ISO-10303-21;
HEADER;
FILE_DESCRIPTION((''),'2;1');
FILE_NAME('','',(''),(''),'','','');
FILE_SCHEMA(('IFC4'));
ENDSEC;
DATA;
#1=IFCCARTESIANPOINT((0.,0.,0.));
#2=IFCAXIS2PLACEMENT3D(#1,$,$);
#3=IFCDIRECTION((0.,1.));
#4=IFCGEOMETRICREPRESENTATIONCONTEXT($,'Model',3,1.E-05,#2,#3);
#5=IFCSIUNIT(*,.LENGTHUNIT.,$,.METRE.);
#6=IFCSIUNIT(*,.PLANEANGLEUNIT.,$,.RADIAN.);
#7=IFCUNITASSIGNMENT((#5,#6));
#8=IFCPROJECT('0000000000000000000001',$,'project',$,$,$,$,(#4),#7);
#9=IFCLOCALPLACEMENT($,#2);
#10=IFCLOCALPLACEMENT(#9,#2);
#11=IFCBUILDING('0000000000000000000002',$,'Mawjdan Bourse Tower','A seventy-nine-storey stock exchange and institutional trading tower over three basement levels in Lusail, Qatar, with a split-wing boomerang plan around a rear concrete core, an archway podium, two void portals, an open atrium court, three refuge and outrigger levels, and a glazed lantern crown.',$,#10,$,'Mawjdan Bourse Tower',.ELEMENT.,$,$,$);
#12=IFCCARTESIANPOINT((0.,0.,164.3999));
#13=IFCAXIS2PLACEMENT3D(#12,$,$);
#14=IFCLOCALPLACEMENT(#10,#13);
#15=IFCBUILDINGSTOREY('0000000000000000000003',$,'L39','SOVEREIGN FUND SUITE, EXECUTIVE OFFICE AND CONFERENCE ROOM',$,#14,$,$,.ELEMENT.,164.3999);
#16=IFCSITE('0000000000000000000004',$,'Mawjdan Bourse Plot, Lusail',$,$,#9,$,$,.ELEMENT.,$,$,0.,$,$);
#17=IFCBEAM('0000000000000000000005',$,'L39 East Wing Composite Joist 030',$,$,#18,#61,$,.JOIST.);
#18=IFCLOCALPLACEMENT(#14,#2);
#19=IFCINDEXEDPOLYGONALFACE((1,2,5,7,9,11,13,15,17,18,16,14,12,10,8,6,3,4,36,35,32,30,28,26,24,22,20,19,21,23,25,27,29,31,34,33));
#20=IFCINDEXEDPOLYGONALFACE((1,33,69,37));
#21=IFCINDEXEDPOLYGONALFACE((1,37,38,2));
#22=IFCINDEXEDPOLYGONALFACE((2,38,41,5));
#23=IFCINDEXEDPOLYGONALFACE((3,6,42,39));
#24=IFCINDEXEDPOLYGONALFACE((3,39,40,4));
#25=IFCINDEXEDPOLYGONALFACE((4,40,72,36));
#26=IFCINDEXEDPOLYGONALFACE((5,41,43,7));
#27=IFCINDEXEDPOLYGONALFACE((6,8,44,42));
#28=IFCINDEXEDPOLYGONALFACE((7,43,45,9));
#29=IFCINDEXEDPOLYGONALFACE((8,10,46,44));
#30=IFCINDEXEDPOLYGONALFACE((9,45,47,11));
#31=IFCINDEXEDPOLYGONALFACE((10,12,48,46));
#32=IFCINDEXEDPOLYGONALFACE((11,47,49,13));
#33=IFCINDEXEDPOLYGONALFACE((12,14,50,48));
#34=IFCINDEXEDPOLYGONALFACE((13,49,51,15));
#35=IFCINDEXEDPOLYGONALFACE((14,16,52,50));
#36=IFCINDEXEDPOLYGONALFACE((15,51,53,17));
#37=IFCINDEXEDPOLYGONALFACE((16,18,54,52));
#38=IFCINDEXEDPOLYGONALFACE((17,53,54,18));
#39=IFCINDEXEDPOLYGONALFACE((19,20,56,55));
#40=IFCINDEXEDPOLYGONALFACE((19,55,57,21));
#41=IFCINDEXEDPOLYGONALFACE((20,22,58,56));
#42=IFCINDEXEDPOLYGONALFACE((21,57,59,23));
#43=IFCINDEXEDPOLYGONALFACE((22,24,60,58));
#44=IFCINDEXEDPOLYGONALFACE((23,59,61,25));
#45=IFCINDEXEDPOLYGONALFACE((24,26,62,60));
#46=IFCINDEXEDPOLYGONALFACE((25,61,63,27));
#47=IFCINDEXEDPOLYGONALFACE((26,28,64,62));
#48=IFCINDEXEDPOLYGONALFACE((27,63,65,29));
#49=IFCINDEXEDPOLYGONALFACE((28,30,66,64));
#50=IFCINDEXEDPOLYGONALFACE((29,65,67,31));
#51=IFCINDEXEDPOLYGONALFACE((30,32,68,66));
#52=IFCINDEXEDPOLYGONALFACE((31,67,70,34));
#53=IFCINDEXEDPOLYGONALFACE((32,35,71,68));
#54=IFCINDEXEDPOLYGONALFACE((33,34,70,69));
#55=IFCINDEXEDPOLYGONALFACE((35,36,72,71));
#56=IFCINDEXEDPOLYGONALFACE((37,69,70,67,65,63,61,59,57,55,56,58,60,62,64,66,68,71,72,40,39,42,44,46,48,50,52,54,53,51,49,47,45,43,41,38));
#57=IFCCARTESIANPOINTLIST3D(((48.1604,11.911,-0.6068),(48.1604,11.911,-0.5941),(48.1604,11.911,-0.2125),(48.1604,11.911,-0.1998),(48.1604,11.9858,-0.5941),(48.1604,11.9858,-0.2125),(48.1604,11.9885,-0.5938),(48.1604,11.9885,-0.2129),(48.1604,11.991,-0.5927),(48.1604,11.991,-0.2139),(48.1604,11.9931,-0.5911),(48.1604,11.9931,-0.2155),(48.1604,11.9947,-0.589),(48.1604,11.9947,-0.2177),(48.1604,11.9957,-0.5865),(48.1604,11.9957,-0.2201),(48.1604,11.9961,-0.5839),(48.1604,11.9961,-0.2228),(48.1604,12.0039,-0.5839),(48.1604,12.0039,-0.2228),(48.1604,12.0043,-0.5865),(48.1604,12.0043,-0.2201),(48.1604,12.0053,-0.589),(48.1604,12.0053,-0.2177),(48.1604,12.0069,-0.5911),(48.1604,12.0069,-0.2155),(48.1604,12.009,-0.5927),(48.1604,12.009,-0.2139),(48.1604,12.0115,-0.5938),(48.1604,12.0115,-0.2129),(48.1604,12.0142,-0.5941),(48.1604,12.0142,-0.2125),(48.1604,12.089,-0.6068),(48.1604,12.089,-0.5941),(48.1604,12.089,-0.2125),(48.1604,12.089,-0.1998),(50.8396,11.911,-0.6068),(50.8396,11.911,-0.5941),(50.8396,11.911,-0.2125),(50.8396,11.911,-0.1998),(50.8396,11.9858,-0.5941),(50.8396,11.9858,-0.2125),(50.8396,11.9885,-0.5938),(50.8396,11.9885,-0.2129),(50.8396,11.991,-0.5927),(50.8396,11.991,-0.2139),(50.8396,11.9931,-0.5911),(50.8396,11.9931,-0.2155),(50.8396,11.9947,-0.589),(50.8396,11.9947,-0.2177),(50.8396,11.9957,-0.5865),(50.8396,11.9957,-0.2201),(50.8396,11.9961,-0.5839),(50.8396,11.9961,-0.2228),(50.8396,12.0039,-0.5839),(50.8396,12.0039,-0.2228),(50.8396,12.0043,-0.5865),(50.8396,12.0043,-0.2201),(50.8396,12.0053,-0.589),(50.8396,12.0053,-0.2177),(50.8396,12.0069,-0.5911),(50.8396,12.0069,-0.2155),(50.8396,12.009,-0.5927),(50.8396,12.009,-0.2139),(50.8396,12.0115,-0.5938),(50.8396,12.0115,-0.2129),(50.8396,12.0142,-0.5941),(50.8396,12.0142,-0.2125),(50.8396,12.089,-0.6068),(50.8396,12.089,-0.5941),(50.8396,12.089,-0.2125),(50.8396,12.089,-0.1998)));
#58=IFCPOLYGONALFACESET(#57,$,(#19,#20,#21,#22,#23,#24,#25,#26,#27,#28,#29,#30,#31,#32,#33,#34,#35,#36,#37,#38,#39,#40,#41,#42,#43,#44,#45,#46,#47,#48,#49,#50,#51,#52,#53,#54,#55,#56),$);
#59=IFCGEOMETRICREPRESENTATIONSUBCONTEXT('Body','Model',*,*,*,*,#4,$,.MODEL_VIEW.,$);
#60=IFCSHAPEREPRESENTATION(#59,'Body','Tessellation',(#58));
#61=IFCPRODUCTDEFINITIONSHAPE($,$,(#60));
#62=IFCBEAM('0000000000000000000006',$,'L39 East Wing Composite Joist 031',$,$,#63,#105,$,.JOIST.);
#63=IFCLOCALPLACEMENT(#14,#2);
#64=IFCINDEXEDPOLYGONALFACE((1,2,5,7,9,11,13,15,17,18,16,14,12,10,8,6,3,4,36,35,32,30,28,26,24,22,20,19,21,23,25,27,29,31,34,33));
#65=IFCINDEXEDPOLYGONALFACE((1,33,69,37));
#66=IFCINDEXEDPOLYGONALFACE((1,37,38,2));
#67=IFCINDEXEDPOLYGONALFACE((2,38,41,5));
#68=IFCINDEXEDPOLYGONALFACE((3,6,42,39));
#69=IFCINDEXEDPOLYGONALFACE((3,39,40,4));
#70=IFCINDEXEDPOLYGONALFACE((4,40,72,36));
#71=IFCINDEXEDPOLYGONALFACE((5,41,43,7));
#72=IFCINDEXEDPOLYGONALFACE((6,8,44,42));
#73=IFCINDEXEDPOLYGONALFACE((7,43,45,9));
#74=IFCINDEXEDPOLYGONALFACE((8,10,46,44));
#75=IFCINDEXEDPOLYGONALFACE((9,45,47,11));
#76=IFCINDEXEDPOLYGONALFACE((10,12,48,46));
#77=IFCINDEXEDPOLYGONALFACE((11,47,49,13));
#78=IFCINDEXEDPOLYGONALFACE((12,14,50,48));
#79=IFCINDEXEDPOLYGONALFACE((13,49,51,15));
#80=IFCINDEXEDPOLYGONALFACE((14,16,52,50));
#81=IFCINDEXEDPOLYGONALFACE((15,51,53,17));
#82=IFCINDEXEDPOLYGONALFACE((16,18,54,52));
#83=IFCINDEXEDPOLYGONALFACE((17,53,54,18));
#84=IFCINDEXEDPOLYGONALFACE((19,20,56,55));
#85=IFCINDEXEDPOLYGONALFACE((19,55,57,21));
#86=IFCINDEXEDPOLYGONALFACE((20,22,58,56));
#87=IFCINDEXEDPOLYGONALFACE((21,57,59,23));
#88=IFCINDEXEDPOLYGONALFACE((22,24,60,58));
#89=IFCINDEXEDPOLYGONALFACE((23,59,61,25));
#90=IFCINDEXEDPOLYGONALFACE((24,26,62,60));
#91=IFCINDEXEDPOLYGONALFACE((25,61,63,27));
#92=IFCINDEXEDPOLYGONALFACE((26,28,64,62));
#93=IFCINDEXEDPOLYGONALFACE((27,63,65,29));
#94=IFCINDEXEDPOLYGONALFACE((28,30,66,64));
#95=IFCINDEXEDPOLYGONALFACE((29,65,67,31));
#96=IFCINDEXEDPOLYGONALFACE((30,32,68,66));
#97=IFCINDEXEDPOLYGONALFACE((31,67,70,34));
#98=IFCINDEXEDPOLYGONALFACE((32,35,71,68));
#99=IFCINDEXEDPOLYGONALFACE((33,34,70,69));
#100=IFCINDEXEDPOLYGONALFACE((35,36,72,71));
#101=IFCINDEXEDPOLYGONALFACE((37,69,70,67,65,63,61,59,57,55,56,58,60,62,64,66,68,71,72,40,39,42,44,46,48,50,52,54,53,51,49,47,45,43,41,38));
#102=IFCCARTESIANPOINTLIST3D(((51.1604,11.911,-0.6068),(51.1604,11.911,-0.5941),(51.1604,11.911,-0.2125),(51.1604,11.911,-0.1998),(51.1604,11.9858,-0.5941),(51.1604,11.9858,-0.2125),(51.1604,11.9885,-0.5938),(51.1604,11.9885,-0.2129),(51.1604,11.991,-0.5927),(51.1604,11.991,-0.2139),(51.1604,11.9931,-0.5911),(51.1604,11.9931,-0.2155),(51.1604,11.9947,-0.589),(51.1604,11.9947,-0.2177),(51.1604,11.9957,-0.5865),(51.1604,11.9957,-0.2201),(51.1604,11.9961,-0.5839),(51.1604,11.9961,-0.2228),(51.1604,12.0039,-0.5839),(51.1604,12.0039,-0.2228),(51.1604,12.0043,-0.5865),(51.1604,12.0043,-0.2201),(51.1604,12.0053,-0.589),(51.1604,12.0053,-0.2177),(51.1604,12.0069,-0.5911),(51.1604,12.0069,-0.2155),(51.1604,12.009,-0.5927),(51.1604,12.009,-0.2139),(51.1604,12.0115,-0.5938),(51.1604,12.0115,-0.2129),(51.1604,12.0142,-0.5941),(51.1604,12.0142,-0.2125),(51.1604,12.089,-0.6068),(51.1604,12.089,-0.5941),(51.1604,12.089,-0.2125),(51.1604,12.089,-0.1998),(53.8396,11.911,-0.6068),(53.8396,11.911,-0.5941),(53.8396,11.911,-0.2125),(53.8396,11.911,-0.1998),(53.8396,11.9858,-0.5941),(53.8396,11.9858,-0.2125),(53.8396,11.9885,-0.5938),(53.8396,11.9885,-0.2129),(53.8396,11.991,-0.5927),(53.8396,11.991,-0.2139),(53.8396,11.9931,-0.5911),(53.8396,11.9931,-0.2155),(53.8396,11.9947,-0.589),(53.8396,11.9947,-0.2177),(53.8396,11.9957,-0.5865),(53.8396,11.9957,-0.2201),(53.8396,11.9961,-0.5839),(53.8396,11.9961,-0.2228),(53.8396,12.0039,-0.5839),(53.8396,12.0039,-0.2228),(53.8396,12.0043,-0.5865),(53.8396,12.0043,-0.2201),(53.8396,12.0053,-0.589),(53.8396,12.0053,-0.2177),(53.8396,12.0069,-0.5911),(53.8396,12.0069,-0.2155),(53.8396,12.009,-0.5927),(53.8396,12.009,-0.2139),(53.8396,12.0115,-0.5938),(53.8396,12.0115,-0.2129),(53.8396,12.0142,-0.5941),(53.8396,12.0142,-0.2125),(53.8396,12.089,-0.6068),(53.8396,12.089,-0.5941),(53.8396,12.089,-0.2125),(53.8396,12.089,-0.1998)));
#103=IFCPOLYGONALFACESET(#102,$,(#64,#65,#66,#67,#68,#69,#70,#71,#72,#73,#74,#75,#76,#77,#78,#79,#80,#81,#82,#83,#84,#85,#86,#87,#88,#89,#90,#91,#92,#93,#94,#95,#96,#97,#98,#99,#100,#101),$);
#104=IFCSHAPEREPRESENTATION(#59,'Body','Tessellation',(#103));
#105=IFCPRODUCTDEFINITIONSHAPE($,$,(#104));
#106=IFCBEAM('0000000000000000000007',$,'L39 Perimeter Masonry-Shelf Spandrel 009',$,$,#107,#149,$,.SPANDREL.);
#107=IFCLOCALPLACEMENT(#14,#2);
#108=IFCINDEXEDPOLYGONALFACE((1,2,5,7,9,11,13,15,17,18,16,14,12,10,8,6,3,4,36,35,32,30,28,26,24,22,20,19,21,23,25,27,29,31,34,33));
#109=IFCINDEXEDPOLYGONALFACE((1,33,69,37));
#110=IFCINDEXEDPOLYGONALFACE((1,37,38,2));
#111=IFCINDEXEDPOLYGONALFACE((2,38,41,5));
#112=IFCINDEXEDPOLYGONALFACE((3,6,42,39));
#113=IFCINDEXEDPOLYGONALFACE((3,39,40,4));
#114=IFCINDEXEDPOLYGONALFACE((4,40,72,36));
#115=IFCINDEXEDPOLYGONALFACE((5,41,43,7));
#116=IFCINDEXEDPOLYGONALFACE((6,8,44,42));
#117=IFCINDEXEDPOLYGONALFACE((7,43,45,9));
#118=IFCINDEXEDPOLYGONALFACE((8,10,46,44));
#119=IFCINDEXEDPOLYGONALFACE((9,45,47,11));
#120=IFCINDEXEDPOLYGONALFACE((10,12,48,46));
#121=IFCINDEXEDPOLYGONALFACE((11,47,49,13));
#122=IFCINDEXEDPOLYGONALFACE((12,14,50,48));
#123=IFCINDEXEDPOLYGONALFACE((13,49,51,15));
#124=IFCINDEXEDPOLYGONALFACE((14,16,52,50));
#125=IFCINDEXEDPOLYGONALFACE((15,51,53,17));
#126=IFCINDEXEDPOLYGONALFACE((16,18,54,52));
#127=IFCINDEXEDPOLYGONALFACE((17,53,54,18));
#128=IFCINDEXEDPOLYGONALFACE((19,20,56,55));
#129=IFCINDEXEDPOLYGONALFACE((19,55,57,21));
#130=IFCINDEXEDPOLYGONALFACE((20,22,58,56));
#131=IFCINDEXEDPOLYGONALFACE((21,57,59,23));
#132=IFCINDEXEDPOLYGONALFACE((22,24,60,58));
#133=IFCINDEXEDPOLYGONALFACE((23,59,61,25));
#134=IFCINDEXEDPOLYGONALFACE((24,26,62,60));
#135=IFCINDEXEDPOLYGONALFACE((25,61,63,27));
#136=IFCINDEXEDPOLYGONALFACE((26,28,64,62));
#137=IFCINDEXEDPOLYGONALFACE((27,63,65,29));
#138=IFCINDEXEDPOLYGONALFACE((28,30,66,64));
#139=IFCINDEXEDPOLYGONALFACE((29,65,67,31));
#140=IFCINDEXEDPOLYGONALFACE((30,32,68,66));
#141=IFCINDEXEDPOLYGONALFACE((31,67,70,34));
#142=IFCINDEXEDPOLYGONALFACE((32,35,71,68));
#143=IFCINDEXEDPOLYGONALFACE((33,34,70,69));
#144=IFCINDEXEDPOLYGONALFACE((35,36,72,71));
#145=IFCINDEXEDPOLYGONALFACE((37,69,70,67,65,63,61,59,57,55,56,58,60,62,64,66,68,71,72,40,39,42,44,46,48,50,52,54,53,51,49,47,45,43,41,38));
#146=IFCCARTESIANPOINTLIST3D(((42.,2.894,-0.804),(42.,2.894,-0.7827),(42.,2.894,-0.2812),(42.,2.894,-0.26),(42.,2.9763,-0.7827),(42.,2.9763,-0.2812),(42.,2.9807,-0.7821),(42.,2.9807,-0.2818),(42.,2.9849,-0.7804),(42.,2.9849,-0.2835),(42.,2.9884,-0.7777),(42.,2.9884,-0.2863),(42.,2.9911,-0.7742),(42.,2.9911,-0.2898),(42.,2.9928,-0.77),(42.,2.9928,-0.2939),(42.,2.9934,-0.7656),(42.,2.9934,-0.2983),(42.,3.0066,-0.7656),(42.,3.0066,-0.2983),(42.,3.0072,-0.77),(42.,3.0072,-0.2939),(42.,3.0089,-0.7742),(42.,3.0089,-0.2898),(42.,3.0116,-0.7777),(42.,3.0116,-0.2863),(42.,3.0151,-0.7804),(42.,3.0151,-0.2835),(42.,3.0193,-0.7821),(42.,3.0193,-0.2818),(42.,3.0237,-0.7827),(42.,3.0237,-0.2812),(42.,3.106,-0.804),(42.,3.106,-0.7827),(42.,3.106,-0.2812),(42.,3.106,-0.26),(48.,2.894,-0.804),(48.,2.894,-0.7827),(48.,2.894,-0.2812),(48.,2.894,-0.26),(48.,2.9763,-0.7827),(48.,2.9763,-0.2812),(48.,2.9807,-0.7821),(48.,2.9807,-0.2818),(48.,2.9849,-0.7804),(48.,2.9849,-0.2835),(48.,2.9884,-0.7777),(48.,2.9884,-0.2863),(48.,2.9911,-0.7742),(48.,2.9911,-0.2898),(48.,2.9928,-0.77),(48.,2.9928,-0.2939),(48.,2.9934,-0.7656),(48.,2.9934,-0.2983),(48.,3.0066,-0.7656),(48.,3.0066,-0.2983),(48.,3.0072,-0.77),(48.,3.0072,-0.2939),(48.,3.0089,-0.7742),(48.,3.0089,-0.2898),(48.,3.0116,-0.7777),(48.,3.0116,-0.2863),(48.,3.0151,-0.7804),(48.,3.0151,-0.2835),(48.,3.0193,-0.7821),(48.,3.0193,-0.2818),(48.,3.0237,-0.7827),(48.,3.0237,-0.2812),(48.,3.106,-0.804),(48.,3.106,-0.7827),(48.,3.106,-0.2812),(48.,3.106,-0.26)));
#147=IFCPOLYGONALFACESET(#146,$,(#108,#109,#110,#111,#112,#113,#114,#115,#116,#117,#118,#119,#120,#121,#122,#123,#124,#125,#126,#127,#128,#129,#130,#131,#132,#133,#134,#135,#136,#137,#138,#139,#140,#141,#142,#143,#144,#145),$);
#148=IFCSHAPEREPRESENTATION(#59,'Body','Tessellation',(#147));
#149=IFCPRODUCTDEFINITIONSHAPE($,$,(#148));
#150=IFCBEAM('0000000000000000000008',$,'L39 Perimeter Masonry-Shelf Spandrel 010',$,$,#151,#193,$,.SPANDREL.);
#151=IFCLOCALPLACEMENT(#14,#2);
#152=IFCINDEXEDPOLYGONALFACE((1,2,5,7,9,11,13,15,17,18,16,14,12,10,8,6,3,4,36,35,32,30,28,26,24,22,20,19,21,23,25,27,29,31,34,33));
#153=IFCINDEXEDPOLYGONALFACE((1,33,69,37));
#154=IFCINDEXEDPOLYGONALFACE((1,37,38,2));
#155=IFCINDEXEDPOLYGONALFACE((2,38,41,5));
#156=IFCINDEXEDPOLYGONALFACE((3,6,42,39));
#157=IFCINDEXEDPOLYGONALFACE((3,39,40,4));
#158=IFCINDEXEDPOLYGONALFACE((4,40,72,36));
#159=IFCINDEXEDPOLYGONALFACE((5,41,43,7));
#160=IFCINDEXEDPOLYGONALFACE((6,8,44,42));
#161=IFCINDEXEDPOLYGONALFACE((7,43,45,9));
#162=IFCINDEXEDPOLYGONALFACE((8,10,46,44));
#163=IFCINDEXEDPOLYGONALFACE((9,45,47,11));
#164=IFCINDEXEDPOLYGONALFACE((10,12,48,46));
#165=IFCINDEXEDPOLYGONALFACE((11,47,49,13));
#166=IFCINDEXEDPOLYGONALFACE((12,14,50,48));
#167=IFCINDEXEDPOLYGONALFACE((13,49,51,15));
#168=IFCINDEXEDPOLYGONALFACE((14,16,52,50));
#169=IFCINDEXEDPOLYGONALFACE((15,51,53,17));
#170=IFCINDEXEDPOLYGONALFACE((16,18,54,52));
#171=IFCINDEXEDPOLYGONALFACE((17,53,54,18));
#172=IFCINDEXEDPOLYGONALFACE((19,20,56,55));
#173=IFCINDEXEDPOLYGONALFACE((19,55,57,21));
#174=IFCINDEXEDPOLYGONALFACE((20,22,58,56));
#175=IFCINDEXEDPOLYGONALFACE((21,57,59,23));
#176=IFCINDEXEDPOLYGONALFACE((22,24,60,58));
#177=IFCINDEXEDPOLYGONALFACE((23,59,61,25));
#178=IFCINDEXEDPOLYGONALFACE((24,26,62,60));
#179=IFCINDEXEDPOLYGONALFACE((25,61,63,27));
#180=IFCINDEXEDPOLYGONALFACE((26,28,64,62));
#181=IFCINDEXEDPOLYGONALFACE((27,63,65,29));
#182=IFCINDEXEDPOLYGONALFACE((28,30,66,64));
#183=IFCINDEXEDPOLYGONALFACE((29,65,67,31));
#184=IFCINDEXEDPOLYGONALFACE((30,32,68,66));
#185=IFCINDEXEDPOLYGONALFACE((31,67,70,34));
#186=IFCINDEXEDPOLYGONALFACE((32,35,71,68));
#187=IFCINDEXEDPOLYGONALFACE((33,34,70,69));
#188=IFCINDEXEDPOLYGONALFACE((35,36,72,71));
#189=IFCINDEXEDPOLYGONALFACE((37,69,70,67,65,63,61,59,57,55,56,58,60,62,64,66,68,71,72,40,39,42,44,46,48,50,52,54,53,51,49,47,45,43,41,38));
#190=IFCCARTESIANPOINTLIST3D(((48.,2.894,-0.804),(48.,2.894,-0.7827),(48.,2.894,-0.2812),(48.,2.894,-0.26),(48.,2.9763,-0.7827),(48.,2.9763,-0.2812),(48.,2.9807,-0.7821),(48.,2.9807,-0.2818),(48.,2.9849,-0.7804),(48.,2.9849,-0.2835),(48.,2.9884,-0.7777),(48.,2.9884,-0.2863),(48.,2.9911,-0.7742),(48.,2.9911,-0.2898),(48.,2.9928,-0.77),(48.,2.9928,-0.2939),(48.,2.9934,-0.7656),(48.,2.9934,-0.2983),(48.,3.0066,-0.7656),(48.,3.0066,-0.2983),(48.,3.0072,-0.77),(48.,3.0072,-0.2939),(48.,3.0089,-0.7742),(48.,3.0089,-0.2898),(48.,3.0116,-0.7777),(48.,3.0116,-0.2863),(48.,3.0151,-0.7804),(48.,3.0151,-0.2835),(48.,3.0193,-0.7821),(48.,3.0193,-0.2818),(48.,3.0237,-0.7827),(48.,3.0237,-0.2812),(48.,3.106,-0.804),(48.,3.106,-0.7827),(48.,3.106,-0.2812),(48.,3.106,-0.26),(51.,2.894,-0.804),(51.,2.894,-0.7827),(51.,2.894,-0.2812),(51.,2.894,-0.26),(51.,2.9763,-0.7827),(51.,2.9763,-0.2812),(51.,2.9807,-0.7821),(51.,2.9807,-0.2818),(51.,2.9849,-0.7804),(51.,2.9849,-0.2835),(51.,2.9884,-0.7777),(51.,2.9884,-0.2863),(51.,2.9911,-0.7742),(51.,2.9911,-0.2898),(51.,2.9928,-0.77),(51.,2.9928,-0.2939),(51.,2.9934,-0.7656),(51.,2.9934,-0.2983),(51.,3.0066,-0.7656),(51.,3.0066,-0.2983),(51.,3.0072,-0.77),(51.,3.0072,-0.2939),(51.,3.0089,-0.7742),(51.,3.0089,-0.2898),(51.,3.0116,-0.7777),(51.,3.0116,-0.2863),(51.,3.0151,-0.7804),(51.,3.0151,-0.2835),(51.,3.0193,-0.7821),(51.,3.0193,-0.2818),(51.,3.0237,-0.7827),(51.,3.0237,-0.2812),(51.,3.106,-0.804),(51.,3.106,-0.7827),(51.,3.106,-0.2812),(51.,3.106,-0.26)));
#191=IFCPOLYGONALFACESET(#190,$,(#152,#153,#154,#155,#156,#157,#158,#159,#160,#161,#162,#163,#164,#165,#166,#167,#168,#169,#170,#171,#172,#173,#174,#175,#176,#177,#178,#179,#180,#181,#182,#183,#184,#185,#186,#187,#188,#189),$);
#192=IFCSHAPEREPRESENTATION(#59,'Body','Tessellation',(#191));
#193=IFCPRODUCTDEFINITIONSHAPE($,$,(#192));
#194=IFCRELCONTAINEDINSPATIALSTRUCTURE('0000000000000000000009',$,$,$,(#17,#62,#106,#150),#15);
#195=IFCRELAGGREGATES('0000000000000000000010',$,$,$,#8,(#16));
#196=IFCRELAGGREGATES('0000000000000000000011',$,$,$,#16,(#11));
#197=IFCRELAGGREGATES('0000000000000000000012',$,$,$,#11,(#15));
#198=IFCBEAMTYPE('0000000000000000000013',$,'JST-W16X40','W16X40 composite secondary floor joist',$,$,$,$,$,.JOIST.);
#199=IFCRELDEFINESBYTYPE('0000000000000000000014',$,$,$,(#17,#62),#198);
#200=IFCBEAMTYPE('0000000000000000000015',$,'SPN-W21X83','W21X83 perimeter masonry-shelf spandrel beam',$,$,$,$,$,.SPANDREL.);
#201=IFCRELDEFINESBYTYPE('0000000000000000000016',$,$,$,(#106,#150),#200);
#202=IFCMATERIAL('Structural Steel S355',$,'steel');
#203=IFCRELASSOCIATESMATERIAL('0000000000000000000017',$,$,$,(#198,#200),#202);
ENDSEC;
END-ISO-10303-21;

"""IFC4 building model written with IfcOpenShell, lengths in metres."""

from ifc_helpers import new_model, si_unit, direction, frame, origin, origin_2d, place, context, subcontext, project, spatial, i_section, extrude, material, material_profile, profile_set, type_object, element, save


model = new_model("IFC4")

# Units and contexts
model_context = context("Model", 3, precision=1e-05, world=origin(), true_north=direction((0.0, 1.0)))
body_context = subcontext(model_context, "Body", "Model", "MODEL_VIEW")
ifc_project = project(units=[si_unit("LENGTHUNIT", "METRE"), si_unit("PLANEANGLEUNIT", "RADIAN")], contexts=[model_context])

# Site, building, storey
site_placement = place(None, origin())
site = spatial("IfcSite", under=ifc_project, at=site_placement, Name="Mawjdan Bourse Plot, Lusail", CompositionType="ELEMENT", RefElevation=0.0)
building_placement = place(site_placement, origin())
building = spatial("IfcBuilding", under=site, at=building_placement, Name="Mawjdan Bourse Tower", Description="A seventy-nine-storey stock exchange and institutional trading tower over three basement levels in Lusail, Qatar, with a split-wing boomerang plan around a rear concrete core, an archway podium, two void portals, an open atrium court, three refuge and outrigger levels, and a glazed lantern crown.", LongName="Mawjdan Bourse Tower", CompositionType="ELEMENT")
storey_placement = place(building_placement, frame((0.0, 0.0, 164.3999)))
storey = spatial("IfcBuildingStorey", under=building, at=storey_placement, Name="L39", Description="SOVEREIGN FUND SUITE, EXECUTIVE OFFICE AND CONFERENCE ROOM", CompositionType="ELEMENT", Elevation=164.3999)

# Beams
ifc_material_1 = material(Name="Structural Steel S355", Category="steel")
ifc_material_profile_1 = material_profile(ifc_material_1, i_section(OverallWidth=0.178, OverallDepth=0.407, WebThickness=0.0078, FlangeThickness=0.0127, FilletRadius=0.0103, at=origin_2d()), Name="W16X40")
ifc_profile_set_1 = profile_set([ifc_material_profile_1], Name="Structural Steel S355")
beam_type_1 = type_object("IfcBeamType", Name="JST-W16X40", Description="W16X40 composite secondary floor joist", PredefinedType="JOIST", material=ifc_profile_set_1)
for number, where, z_axis, x_axis, name in (
    (1, (48.1604, 12.0, -0.4033), (1.0, 0.0, 0.0), (0.0, 1.0, 0.0), "L39 East Wing Composite Joist 030"),
    (2, (51.1604, 12.0, -0.4033), (1.0, 0.0, 0.0), (0.0, 1.0, 0.0), "L39 East Wing Composite Joist 031"),
):
    element("IfcBeam", number, at=place(storey_placement, frame(where, z_axis=z_axis, x_axis=x_axis)), inside=storey, type_object=beam_type_1, Name=name, PredefinedType="JOIST", context=body_context, shape_type="SweptSolid", body=[
        extrude(i_section(OverallWidth=0.178, OverallDepth=0.407, WebThickness=0.0078, FlangeThickness=0.0127, FilletRadius=0.0103, at=origin_2d()), origin(), (0.0, 0.0, 1.0), 2.6792),
    ])
ifc_material_profile_2 = material_profile(ifc_material_1, i_section(OverallWidth=0.2119, OverallDepth=0.5439, WebThickness=0.0132, FlangeThickness=0.0212, FilletRadius=0.0171, at=origin_2d()), Name="W21X83")
ifc_profile_set_2 = profile_set([ifc_material_profile_2], Name="Structural Steel S355")
beam_type_2 = type_object("IfcBeamType", Name="SPN-W21X83", Description="W21X83 perimeter masonry-shelf spandrel beam", PredefinedType="SPANDREL", material=ifc_profile_set_2)
beam_1_placement = place(storey_placement, frame((42.0, 3.0, -0.532), z_axis=(1.0, 0.0, 0.0), x_axis=(0.0, 1.0, 0.0)))
element("IfcBeam", 3, at=beam_1_placement, inside=storey, type_object=beam_type_2, Name="L39 Perimeter Masonry-Shelf Spandrel 009", PredefinedType="SPANDREL", context=body_context, shape_type="SweptSolid", body=[
    extrude(i_section(OverallWidth=0.2119, OverallDepth=0.5439, WebThickness=0.0132, FlangeThickness=0.0212, FilletRadius=0.0171, at=origin_2d()), origin(), (0.0, 0.0, 1.0), 6.0),
])
for number, where, z_axis, x_axis, name in (
    (4, (48.0, 3.0, -0.532), (1.0, 0.0, 0.0), (0.0, 1.0, 0.0), "L39 Perimeter Masonry-Shelf Spandrel 010"),
):
    element("IfcBeam", number, at=place(storey_placement, frame(where, z_axis=z_axis, x_axis=x_axis)), inside=storey, type_object=beam_type_2, Name=name, PredefinedType="SPANDREL", context=body_context, shape_type="SweptSolid", body=[
        extrude(i_section(OverallWidth=0.2119, OverallDepth=0.5439, WebThickness=0.0132, FlangeThickness=0.0212, FilletRadius=0.0171, at=origin_2d()), origin(), (0.0, 0.0, 1.0), 3.0),
    ])

save(model, "model.ifc")
